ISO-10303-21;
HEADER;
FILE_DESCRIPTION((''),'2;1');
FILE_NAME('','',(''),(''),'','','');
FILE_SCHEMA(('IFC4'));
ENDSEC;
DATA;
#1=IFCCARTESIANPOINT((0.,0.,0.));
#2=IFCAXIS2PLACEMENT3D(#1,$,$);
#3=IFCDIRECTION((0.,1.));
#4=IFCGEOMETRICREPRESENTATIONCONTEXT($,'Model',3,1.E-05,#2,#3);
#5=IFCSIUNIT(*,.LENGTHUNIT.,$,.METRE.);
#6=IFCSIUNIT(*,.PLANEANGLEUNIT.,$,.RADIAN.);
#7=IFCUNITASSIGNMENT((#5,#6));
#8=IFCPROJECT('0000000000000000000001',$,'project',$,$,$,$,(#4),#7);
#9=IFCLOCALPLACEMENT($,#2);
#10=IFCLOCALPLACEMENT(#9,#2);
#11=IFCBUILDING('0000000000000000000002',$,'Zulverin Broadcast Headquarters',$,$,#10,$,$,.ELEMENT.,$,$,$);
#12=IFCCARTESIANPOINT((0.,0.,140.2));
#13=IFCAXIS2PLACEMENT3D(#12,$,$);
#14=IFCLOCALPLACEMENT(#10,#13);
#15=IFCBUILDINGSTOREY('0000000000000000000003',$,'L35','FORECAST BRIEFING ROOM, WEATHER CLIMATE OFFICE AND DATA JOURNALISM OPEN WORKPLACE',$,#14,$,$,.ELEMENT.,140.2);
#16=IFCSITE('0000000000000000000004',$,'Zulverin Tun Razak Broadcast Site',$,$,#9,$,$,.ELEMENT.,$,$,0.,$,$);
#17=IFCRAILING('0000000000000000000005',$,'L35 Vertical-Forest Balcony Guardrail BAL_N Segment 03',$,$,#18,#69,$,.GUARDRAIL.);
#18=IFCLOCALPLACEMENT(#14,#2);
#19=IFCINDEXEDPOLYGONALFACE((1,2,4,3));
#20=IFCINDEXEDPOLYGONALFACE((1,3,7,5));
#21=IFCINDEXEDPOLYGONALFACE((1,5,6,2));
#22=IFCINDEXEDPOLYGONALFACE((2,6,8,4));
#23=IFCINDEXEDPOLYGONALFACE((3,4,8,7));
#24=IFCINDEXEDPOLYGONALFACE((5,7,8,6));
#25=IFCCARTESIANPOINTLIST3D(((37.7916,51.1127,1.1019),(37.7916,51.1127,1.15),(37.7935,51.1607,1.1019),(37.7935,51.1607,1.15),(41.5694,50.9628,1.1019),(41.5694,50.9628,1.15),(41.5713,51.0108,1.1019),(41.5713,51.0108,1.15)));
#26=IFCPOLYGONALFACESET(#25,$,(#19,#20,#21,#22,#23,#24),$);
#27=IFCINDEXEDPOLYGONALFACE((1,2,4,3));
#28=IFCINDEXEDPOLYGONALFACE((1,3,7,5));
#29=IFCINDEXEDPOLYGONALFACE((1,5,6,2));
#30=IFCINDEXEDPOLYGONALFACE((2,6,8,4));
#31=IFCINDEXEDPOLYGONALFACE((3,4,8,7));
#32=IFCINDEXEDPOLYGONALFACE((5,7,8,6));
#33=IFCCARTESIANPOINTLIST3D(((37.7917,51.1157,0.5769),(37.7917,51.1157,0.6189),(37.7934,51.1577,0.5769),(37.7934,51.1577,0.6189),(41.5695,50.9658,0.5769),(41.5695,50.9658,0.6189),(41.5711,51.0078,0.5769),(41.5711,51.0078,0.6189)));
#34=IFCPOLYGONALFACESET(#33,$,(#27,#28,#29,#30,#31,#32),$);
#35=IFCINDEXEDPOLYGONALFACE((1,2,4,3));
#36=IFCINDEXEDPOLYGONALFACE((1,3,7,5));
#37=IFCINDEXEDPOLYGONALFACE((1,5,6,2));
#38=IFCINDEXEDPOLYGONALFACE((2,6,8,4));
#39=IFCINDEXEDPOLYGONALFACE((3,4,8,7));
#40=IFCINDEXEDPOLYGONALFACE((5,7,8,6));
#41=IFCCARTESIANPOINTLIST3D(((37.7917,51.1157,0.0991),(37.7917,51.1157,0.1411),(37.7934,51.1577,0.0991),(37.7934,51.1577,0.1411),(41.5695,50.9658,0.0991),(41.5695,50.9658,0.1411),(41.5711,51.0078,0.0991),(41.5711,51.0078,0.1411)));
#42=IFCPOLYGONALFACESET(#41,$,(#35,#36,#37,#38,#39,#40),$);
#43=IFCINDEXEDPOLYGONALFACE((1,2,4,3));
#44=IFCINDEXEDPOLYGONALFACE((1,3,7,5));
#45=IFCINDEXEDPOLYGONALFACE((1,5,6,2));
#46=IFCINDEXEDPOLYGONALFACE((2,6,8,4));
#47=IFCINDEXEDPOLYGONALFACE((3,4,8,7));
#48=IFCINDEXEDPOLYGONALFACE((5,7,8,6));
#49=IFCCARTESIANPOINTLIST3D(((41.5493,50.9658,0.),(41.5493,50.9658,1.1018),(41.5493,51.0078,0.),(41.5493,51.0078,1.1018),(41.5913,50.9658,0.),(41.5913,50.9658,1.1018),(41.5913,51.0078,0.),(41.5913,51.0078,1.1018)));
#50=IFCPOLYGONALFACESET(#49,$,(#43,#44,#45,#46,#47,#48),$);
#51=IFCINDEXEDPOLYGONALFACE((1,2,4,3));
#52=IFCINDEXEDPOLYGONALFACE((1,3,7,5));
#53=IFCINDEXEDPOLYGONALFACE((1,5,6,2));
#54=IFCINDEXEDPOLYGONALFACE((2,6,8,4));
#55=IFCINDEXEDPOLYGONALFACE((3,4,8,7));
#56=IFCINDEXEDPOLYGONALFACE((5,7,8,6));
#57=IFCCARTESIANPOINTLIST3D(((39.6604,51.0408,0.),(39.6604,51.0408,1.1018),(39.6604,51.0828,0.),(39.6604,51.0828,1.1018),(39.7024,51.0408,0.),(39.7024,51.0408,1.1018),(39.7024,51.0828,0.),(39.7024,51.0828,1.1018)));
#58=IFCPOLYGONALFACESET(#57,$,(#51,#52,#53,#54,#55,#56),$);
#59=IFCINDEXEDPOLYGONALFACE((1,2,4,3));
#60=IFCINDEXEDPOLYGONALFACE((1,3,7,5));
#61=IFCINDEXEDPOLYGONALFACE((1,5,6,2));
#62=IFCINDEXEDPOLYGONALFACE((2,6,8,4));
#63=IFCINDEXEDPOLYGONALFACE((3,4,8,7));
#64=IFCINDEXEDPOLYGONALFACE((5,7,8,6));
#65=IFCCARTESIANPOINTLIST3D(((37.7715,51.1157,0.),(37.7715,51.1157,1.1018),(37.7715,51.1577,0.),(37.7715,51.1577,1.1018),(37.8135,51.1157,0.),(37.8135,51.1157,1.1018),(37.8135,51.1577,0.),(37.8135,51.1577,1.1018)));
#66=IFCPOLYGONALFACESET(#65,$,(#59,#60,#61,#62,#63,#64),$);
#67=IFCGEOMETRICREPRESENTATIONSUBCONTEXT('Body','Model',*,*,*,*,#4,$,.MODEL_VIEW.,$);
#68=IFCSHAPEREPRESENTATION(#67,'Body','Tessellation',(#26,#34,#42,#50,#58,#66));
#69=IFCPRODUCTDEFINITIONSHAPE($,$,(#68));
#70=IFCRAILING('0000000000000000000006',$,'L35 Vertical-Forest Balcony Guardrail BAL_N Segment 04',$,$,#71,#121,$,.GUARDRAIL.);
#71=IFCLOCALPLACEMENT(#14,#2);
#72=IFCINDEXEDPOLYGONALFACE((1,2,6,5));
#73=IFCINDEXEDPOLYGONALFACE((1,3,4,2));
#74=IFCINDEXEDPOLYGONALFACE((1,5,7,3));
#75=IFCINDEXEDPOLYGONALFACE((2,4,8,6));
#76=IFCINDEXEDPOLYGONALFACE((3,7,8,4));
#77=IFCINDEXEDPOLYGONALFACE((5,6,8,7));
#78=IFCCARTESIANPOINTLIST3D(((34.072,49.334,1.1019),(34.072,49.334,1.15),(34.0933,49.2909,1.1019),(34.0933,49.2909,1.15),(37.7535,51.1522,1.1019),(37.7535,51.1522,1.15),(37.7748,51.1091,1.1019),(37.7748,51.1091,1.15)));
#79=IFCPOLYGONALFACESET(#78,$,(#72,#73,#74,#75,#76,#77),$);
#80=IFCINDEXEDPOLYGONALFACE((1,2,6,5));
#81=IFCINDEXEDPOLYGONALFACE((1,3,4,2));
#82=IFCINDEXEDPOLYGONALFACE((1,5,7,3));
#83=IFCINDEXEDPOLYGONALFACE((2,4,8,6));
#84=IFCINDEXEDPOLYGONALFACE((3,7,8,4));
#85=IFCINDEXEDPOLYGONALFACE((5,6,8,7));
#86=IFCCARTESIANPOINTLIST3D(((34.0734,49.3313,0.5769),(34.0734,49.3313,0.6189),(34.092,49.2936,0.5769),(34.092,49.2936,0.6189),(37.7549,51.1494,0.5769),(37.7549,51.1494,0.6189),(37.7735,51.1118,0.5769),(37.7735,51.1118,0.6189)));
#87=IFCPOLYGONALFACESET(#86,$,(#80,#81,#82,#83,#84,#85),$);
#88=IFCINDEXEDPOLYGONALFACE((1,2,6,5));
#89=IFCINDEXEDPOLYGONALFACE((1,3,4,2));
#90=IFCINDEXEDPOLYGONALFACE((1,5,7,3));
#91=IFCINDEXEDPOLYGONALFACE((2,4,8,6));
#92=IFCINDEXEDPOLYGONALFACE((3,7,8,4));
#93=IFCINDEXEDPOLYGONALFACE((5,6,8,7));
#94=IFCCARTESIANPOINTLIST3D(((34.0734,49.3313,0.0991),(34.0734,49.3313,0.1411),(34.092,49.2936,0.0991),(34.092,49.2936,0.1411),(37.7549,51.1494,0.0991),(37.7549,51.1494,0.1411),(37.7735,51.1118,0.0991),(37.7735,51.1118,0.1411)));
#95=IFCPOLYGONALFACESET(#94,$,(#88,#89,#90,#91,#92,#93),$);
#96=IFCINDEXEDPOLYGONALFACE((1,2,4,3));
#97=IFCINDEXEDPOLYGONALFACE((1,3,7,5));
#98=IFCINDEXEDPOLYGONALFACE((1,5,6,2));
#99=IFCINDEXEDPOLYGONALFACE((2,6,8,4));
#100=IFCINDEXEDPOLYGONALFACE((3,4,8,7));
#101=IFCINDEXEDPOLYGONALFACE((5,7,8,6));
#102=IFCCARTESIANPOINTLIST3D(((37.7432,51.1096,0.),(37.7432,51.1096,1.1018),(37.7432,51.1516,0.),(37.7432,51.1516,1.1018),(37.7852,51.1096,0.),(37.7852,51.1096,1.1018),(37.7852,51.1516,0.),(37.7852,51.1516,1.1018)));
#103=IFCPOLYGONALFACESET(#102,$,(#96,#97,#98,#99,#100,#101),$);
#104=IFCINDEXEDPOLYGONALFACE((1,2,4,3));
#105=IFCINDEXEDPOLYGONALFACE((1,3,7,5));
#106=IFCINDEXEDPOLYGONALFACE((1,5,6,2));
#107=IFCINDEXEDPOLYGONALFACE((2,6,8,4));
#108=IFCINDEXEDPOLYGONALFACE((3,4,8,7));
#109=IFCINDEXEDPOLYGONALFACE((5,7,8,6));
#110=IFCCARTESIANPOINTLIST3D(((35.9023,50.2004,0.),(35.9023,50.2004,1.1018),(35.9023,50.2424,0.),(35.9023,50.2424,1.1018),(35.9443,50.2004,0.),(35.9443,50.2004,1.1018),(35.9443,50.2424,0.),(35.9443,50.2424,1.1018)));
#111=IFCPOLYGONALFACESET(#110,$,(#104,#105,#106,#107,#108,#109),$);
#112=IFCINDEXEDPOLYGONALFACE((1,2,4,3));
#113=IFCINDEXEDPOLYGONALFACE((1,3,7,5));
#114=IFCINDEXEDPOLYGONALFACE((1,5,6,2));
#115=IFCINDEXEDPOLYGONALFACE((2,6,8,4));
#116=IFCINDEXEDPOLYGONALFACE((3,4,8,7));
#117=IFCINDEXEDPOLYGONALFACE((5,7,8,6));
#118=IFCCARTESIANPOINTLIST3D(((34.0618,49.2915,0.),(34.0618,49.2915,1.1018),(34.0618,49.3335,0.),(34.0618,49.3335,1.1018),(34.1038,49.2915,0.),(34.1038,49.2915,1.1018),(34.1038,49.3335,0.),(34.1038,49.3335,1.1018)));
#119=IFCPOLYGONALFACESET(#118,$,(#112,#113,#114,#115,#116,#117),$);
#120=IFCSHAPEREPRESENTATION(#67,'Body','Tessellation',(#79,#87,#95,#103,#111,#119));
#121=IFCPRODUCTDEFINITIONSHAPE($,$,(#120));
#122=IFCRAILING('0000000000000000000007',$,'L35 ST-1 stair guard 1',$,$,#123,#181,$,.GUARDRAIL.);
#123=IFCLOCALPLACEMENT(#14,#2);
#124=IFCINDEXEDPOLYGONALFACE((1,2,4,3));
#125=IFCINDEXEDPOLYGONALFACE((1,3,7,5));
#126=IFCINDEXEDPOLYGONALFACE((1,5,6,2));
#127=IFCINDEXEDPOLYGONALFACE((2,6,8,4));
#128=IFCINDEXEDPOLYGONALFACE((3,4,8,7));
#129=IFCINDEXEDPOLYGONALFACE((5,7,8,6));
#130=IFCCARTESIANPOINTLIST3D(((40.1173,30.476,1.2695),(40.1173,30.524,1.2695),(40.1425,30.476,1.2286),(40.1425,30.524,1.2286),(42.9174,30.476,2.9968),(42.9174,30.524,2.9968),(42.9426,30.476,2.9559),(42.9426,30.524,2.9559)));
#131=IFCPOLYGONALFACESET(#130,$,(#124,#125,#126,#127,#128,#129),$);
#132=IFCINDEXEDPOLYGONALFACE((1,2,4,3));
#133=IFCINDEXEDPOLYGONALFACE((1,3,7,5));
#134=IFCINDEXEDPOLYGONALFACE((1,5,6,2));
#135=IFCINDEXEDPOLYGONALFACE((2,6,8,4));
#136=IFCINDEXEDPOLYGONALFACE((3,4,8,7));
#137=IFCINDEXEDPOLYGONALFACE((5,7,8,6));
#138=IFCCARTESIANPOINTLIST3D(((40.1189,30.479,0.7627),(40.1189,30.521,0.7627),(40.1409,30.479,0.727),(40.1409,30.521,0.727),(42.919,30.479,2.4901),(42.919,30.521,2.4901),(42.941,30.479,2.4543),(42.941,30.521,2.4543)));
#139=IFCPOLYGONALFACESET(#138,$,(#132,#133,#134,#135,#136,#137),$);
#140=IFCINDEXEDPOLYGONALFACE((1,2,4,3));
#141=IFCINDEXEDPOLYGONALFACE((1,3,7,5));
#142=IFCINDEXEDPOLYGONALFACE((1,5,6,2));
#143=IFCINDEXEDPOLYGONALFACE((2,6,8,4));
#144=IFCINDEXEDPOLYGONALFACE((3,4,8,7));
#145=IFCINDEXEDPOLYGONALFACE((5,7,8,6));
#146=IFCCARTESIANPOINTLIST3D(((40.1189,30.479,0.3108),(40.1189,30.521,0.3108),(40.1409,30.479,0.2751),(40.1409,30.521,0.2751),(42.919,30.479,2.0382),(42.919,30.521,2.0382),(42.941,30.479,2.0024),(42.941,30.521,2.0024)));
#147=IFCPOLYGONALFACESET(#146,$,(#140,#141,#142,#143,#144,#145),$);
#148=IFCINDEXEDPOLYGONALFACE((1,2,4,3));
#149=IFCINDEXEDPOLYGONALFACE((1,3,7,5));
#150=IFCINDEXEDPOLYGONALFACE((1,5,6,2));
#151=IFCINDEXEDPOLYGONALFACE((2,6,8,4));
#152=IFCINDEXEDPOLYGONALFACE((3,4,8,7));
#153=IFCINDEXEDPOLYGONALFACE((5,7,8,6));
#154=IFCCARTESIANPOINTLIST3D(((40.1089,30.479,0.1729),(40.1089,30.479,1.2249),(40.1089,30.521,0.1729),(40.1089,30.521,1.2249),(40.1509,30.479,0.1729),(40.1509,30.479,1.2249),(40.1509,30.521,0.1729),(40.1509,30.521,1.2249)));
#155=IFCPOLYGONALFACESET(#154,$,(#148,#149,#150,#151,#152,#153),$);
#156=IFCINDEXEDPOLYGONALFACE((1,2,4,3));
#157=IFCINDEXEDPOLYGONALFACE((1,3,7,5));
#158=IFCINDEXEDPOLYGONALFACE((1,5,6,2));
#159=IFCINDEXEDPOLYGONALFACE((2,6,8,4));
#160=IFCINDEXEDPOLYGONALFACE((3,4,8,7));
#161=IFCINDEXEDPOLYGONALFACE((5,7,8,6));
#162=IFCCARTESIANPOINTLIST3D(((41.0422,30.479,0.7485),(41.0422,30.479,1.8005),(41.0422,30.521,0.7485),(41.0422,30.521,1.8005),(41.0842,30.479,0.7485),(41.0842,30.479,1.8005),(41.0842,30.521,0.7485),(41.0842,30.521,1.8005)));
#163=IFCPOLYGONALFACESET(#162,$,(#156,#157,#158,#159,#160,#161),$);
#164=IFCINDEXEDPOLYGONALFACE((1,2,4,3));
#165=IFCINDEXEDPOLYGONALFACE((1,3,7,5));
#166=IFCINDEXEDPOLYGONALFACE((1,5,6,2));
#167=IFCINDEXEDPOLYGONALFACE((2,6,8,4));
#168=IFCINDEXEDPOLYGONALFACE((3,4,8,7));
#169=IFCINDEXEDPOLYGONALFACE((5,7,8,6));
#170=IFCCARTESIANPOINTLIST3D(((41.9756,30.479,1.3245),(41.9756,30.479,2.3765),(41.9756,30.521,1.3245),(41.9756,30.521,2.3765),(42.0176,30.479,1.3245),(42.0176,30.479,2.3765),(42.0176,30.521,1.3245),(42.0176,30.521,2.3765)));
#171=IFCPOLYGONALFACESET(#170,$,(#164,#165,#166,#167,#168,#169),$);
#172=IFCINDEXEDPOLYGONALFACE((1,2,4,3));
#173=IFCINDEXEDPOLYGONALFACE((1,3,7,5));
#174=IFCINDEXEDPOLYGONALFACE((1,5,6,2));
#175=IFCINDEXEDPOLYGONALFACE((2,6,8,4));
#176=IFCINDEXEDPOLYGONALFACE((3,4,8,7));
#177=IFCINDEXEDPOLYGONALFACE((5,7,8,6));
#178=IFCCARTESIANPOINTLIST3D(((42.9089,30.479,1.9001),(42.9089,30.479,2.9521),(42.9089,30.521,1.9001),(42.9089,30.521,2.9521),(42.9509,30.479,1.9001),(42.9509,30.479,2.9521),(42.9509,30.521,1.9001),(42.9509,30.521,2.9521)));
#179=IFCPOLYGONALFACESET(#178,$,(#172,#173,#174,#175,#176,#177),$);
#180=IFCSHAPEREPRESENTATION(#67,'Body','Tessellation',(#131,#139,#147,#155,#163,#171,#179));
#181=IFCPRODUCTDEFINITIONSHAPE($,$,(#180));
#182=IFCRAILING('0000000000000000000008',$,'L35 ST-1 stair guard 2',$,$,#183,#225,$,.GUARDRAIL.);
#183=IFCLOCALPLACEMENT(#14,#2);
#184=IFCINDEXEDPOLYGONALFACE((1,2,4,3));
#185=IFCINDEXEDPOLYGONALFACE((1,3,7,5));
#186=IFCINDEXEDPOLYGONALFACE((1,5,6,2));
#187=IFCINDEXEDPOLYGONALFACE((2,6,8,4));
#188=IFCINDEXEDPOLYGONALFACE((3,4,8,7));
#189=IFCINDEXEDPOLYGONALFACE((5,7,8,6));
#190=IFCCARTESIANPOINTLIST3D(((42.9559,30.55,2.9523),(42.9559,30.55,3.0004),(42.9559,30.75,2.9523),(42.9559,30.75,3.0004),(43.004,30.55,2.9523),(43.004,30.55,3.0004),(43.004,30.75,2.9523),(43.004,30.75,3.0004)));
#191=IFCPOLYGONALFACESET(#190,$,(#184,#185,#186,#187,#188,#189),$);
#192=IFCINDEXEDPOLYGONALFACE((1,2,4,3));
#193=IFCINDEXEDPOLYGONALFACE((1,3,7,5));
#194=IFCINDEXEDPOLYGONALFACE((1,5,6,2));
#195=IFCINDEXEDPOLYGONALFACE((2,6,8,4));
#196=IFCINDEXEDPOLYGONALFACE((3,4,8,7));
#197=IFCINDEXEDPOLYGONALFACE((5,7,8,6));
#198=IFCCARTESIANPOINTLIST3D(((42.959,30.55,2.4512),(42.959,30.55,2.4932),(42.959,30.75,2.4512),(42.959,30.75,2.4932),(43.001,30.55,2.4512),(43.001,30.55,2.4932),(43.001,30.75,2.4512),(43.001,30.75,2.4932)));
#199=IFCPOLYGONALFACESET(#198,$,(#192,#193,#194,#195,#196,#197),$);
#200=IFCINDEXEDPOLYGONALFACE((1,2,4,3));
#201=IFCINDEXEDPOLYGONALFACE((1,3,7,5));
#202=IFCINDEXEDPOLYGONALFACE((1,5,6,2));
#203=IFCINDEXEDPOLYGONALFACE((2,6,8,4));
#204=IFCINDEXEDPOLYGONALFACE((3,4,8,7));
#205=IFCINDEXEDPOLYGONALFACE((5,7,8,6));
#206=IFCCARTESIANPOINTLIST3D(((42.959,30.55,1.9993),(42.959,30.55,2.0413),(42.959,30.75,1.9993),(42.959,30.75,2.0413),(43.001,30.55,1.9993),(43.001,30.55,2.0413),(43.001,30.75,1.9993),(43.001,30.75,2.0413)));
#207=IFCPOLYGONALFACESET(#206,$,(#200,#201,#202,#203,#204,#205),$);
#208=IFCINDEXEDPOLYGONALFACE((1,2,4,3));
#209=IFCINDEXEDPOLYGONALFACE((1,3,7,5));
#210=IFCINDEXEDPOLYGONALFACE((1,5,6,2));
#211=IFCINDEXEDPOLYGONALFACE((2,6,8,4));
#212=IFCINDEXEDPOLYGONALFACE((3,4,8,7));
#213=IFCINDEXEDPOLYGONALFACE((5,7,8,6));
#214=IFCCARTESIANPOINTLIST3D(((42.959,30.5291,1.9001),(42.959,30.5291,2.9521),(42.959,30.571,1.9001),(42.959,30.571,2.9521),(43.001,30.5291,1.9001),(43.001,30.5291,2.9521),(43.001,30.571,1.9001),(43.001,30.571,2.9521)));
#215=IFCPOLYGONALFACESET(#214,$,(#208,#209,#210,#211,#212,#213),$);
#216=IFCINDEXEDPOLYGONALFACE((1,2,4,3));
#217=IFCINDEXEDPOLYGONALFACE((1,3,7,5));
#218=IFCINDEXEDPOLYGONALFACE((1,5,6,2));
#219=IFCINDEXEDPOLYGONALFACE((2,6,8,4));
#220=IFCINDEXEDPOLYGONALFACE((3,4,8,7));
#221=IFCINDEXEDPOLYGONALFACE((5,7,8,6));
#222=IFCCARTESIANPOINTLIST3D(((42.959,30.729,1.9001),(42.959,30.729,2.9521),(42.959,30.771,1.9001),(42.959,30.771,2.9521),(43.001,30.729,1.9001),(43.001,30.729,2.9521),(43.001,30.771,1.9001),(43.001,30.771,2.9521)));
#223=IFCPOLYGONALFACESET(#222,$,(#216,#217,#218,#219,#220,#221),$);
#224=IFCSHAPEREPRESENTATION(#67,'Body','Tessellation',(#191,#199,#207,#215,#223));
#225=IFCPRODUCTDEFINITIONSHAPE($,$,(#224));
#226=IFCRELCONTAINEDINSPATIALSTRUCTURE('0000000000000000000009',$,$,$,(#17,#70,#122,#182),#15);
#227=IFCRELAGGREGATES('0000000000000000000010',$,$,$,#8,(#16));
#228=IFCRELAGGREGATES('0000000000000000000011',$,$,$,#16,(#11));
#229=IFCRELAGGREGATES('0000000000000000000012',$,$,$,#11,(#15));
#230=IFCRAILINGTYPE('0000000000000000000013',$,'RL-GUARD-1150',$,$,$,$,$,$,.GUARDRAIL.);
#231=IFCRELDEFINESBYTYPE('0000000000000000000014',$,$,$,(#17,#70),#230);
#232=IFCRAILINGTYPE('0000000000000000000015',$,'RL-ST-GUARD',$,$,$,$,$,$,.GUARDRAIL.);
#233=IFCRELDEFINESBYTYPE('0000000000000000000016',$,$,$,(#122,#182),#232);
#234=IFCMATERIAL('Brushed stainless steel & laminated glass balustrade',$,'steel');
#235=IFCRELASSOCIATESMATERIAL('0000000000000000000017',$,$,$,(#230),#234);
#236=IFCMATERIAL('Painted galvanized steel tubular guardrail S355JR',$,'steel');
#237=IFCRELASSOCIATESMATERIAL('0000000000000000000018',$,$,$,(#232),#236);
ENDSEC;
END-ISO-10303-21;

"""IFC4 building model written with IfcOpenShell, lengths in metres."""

from ifc_helpers import new_model, si_unit, direction, frame, origin, origin_2d, place, context, subcontext, project, spatial, rectangle, extrude, material, type_object, element, save


model = new_model("IFC4")

# Units and contexts
model_context = context("Model", 3, precision=1e-05, world=origin(), true_north=direction((0.0, 1.0)))
body_context = subcontext(model_context, "Body", "Model", "MODEL_VIEW")
ifc_project = project(units=[si_unit("LENGTHUNIT", "METRE"), si_unit("PLANEANGLEUNIT", "RADIAN")], contexts=[model_context])

# Site, building, storey
site_placement = place(None, origin())
site = spatial("IfcSite", under=ifc_project, at=site_placement, Name="Zulverin Tun Razak Broadcast Site", CompositionType="ELEMENT", RefElevation=0.0)
building_placement = place(site_placement, origin())
building = spatial("IfcBuilding", under=site, at=building_placement, Name="Zulverin Broadcast Headquarters", CompositionType="ELEMENT")
storey_placement = place(building_placement, frame((0.0, 0.0, 140.2)))
storey = spatial("IfcBuildingStorey", under=building, at=storey_placement, Name="L35", Description="FORECAST BRIEFING ROOM, WEATHER CLIMATE OFFICE AND DATA JOURNALISM OPEN WORKPLACE", CompositionType="ELEMENT", Elevation=140.2)

# Railings
ifc_material_1 = material(Name="Brushed stainless steel & laminated glass balustrade", Category="steel")
railing_type_1 = type_object("IfcRailingType", Name="RL-GUARD-1150", PredefinedType="GUARDRAIL", material=ifc_material_1)
railing_1_placement = place(storey_placement, frame((41.5703, 50.9868, 0.0)))
element("IfcRailing", 1, at=railing_1_placement, inside=storey, type_object=railing_type_1, Name="L35 Vertical-Forest Balcony Guardrail BAL_N Segment 03", PredefinedType="GUARDRAIL", context=body_context, shape_type="SweptSolid", body=[
    extrude(rectangle(XDim=0.0481, YDim=0.0481, at=origin_2d()), frame((0.0, 0.0, 1.126), z_axis=(-0.999214, 0.039648, 0.0), x_axis=(-0.039648, -0.999214, 0.0)), (0.0, 0.0, 1.0), 3.7808),
    extrude(rectangle(XDim=0.042, YDim=0.042, at=origin_2d()), frame((0.0, 0.0, 0.5979), z_axis=(-0.999214, 0.039648, 0.0), x_axis=(-0.039648, -0.999214, 0.0)), (0.0, 0.0, 1.0), 3.7808),
    extrude(rectangle(XDim=0.042, YDim=0.042, at=origin_2d()), frame((0.0, 0.0, 0.1201), z_axis=(-0.999214, 0.039648, 0.0), x_axis=(-0.039648, -0.999214, 0.0)), (0.0, 0.0, 1.0), 3.7808),
    extrude(rectangle(XDim=0.042, YDim=0.042, at=origin_2d()), origin(), (0.0, 0.0, 1.0), 1.1018),
    extrude(rectangle(XDim=0.042, YDim=0.042, at=origin_2d()), frame((-1.8889, 0.075, 0.0)), (0.0, 0.0, 1.0), 1.1018),
    extrude(rectangle(XDim=0.042, YDim=0.042, at=origin_2d()), frame((-3.7778, 0.1499, 0.0)), (0.0, 0.0, 1.0), 1.1018),
])
railing_2_placement = place(storey_placement, frame((37.7642, 51.1306, 0.0)))
element("IfcRailing", 2, at=railing_2_placement, inside=storey, type_object=railing_type_1, Name="L35 Vertical-Forest Balcony Guardrail BAL_N Segment 04", PredefinedType="GUARDRAIL", context=body_context, shape_type="SweptSolid", body=[
    extrude(rectangle(XDim=0.0481, YDim=0.0481, at=origin_2d()), frame((0.0, 0.0, 1.126), z_axis=(-0.896616, -0.442808, 0.0), x_axis=(0.442808, -0.896616, 0.0)), (0.0, 0.0, 1.0), 4.106),
    extrude(rectangle(XDim=0.042, YDim=0.042, at=origin_2d()), frame((0.0, 0.0, 0.5979), z_axis=(-0.896616, -0.442808, 0.0), x_axis=(0.442808, -0.896616, 0.0)), (0.0, 0.0, 1.0), 4.106),
    extrude(rectangle(XDim=0.042, YDim=0.042, at=origin_2d()), frame((0.0, 0.0, 0.1201), z_axis=(-0.896616, -0.442808, 0.0), x_axis=(0.442808, -0.896616, 0.0)), (0.0, 0.0, 1.0), 4.106),
    extrude(rectangle(XDim=0.042, YDim=0.042, at=origin_2d()), origin(), (0.0, 0.0, 1.0), 1.1018),
    extrude(rectangle(XDim=0.042, YDim=0.042, at=origin_2d()), frame((-1.8408, -0.9092, 0.0)), (0.0, 0.0, 1.0), 1.1018),
    extrude(rectangle(XDim=0.042, YDim=0.042, at=origin_2d()), frame((-3.6814, -1.8181, 0.0)), (0.0, 0.0, 1.0), 1.1018),
])
ifc_material_2 = material(Name="Painted galvanized steel tubular guardrail S355JR", Category="steel")
railing_type_2 = type_object("IfcRailingType", Name="RL-ST-GUARD", PredefinedType="GUARDRAIL", material=ifc_material_2)
railing_3_placement = place(storey_placement, frame((40.1299, 30.5, 0.1729)))
element("IfcRailing", 3, at=railing_3_placement, inside=storey, type_object=railing_type_2, Name="L35 ST-1 stair guard 1", PredefinedType="GUARDRAIL", context=body_context, shape_type="SweptSolid", body=[
    extrude(rectangle(XDim=0.0481, YDim=0.0481, at=origin_2d()), frame((0.0, 0.0, 1.0762), z_axis=(0.85109, 0.0, 0.52502), x_axis=(0.0, 1.0, 0.0)), (0.0, 0.0, 1.0), 3.29),
    extrude(rectangle(XDim=0.042, YDim=0.042, at=origin_2d()), frame((0.0, 0.0, 0.572), z_axis=(0.85109, 0.0, 0.52502), x_axis=(0.0, 1.0, 0.0)), (0.0, 0.0, 1.0), 3.29),
    extrude(rectangle(XDim=0.042, YDim=0.042, at=origin_2d()), frame((0.0, 0.0, 0.1201), z_axis=(0.85109, 0.0, 0.52502), x_axis=(0.0, 1.0, 0.0)), (0.0, 0.0, 1.0), 3.29),
    extrude(rectangle(XDim=0.042, YDim=0.042, at=origin_2d()), origin(), (0.0, 0.0, 1.0), 1.052),
    extrude(rectangle(XDim=0.042, YDim=0.042, at=origin_2d()), frame((0.9333, 0.0, 0.5757)), (0.0, 0.0, 1.0), 1.052),
    extrude(rectangle(XDim=0.042, YDim=0.042, at=origin_2d()), frame((1.8667, 0.0, 1.1516)), (0.0, 0.0, 1.0), 1.052),
    extrude(rectangle(XDim=0.042, YDim=0.042, at=origin_2d()), frame((2.8, 0.0, 1.7273)), (0.0, 0.0, 1.0), 1.052),
])
railing_4_placement = place(storey_placement, frame((42.98, 30.55, 1.9001)))
element("IfcRailing", 4, at=railing_4_placement, inside=storey, type_object=railing_type_2, Name="L35 ST-1 stair guard 2", PredefinedType="GUARDRAIL", context=body_context, shape_type="SweptSolid", body=[
    extrude(rectangle(XDim=0.0481, YDim=0.0481, at=origin_2d()), frame((0.0, 0.0, 1.0762), z_axis=(0.0, 1.0, 0.0), x_axis=(-1.0, 0.0, 0.0)), (0.0, 0.0, 1.0), 0.2),
    extrude(rectangle(XDim=0.042, YDim=0.042, at=origin_2d()), frame((0.0, 0.0, 0.572), z_axis=(0.0, 1.0, 0.0), x_axis=(-1.0, 0.0, 0.0)), (0.0, 0.0, 1.0), 0.2),
    extrude(rectangle(XDim=0.042, YDim=0.042, at=origin_2d()), frame((0.0, 0.0, 0.1201), z_axis=(0.0, 1.0, 0.0), x_axis=(-1.0, 0.0, 0.0)), (0.0, 0.0, 1.0), 0.2),
    extrude(rectangle(XDim=0.042, YDim=0.042, at=origin_2d()), origin(), (0.0, 0.0, 1.0), 1.052),
    extrude(rectangle(XDim=0.042, YDim=0.042, at=origin_2d()), frame((0.0, 0.2, 0.0)), (0.0, 0.0, 1.0), 1.052),
])

save(model, "model.ifc")
